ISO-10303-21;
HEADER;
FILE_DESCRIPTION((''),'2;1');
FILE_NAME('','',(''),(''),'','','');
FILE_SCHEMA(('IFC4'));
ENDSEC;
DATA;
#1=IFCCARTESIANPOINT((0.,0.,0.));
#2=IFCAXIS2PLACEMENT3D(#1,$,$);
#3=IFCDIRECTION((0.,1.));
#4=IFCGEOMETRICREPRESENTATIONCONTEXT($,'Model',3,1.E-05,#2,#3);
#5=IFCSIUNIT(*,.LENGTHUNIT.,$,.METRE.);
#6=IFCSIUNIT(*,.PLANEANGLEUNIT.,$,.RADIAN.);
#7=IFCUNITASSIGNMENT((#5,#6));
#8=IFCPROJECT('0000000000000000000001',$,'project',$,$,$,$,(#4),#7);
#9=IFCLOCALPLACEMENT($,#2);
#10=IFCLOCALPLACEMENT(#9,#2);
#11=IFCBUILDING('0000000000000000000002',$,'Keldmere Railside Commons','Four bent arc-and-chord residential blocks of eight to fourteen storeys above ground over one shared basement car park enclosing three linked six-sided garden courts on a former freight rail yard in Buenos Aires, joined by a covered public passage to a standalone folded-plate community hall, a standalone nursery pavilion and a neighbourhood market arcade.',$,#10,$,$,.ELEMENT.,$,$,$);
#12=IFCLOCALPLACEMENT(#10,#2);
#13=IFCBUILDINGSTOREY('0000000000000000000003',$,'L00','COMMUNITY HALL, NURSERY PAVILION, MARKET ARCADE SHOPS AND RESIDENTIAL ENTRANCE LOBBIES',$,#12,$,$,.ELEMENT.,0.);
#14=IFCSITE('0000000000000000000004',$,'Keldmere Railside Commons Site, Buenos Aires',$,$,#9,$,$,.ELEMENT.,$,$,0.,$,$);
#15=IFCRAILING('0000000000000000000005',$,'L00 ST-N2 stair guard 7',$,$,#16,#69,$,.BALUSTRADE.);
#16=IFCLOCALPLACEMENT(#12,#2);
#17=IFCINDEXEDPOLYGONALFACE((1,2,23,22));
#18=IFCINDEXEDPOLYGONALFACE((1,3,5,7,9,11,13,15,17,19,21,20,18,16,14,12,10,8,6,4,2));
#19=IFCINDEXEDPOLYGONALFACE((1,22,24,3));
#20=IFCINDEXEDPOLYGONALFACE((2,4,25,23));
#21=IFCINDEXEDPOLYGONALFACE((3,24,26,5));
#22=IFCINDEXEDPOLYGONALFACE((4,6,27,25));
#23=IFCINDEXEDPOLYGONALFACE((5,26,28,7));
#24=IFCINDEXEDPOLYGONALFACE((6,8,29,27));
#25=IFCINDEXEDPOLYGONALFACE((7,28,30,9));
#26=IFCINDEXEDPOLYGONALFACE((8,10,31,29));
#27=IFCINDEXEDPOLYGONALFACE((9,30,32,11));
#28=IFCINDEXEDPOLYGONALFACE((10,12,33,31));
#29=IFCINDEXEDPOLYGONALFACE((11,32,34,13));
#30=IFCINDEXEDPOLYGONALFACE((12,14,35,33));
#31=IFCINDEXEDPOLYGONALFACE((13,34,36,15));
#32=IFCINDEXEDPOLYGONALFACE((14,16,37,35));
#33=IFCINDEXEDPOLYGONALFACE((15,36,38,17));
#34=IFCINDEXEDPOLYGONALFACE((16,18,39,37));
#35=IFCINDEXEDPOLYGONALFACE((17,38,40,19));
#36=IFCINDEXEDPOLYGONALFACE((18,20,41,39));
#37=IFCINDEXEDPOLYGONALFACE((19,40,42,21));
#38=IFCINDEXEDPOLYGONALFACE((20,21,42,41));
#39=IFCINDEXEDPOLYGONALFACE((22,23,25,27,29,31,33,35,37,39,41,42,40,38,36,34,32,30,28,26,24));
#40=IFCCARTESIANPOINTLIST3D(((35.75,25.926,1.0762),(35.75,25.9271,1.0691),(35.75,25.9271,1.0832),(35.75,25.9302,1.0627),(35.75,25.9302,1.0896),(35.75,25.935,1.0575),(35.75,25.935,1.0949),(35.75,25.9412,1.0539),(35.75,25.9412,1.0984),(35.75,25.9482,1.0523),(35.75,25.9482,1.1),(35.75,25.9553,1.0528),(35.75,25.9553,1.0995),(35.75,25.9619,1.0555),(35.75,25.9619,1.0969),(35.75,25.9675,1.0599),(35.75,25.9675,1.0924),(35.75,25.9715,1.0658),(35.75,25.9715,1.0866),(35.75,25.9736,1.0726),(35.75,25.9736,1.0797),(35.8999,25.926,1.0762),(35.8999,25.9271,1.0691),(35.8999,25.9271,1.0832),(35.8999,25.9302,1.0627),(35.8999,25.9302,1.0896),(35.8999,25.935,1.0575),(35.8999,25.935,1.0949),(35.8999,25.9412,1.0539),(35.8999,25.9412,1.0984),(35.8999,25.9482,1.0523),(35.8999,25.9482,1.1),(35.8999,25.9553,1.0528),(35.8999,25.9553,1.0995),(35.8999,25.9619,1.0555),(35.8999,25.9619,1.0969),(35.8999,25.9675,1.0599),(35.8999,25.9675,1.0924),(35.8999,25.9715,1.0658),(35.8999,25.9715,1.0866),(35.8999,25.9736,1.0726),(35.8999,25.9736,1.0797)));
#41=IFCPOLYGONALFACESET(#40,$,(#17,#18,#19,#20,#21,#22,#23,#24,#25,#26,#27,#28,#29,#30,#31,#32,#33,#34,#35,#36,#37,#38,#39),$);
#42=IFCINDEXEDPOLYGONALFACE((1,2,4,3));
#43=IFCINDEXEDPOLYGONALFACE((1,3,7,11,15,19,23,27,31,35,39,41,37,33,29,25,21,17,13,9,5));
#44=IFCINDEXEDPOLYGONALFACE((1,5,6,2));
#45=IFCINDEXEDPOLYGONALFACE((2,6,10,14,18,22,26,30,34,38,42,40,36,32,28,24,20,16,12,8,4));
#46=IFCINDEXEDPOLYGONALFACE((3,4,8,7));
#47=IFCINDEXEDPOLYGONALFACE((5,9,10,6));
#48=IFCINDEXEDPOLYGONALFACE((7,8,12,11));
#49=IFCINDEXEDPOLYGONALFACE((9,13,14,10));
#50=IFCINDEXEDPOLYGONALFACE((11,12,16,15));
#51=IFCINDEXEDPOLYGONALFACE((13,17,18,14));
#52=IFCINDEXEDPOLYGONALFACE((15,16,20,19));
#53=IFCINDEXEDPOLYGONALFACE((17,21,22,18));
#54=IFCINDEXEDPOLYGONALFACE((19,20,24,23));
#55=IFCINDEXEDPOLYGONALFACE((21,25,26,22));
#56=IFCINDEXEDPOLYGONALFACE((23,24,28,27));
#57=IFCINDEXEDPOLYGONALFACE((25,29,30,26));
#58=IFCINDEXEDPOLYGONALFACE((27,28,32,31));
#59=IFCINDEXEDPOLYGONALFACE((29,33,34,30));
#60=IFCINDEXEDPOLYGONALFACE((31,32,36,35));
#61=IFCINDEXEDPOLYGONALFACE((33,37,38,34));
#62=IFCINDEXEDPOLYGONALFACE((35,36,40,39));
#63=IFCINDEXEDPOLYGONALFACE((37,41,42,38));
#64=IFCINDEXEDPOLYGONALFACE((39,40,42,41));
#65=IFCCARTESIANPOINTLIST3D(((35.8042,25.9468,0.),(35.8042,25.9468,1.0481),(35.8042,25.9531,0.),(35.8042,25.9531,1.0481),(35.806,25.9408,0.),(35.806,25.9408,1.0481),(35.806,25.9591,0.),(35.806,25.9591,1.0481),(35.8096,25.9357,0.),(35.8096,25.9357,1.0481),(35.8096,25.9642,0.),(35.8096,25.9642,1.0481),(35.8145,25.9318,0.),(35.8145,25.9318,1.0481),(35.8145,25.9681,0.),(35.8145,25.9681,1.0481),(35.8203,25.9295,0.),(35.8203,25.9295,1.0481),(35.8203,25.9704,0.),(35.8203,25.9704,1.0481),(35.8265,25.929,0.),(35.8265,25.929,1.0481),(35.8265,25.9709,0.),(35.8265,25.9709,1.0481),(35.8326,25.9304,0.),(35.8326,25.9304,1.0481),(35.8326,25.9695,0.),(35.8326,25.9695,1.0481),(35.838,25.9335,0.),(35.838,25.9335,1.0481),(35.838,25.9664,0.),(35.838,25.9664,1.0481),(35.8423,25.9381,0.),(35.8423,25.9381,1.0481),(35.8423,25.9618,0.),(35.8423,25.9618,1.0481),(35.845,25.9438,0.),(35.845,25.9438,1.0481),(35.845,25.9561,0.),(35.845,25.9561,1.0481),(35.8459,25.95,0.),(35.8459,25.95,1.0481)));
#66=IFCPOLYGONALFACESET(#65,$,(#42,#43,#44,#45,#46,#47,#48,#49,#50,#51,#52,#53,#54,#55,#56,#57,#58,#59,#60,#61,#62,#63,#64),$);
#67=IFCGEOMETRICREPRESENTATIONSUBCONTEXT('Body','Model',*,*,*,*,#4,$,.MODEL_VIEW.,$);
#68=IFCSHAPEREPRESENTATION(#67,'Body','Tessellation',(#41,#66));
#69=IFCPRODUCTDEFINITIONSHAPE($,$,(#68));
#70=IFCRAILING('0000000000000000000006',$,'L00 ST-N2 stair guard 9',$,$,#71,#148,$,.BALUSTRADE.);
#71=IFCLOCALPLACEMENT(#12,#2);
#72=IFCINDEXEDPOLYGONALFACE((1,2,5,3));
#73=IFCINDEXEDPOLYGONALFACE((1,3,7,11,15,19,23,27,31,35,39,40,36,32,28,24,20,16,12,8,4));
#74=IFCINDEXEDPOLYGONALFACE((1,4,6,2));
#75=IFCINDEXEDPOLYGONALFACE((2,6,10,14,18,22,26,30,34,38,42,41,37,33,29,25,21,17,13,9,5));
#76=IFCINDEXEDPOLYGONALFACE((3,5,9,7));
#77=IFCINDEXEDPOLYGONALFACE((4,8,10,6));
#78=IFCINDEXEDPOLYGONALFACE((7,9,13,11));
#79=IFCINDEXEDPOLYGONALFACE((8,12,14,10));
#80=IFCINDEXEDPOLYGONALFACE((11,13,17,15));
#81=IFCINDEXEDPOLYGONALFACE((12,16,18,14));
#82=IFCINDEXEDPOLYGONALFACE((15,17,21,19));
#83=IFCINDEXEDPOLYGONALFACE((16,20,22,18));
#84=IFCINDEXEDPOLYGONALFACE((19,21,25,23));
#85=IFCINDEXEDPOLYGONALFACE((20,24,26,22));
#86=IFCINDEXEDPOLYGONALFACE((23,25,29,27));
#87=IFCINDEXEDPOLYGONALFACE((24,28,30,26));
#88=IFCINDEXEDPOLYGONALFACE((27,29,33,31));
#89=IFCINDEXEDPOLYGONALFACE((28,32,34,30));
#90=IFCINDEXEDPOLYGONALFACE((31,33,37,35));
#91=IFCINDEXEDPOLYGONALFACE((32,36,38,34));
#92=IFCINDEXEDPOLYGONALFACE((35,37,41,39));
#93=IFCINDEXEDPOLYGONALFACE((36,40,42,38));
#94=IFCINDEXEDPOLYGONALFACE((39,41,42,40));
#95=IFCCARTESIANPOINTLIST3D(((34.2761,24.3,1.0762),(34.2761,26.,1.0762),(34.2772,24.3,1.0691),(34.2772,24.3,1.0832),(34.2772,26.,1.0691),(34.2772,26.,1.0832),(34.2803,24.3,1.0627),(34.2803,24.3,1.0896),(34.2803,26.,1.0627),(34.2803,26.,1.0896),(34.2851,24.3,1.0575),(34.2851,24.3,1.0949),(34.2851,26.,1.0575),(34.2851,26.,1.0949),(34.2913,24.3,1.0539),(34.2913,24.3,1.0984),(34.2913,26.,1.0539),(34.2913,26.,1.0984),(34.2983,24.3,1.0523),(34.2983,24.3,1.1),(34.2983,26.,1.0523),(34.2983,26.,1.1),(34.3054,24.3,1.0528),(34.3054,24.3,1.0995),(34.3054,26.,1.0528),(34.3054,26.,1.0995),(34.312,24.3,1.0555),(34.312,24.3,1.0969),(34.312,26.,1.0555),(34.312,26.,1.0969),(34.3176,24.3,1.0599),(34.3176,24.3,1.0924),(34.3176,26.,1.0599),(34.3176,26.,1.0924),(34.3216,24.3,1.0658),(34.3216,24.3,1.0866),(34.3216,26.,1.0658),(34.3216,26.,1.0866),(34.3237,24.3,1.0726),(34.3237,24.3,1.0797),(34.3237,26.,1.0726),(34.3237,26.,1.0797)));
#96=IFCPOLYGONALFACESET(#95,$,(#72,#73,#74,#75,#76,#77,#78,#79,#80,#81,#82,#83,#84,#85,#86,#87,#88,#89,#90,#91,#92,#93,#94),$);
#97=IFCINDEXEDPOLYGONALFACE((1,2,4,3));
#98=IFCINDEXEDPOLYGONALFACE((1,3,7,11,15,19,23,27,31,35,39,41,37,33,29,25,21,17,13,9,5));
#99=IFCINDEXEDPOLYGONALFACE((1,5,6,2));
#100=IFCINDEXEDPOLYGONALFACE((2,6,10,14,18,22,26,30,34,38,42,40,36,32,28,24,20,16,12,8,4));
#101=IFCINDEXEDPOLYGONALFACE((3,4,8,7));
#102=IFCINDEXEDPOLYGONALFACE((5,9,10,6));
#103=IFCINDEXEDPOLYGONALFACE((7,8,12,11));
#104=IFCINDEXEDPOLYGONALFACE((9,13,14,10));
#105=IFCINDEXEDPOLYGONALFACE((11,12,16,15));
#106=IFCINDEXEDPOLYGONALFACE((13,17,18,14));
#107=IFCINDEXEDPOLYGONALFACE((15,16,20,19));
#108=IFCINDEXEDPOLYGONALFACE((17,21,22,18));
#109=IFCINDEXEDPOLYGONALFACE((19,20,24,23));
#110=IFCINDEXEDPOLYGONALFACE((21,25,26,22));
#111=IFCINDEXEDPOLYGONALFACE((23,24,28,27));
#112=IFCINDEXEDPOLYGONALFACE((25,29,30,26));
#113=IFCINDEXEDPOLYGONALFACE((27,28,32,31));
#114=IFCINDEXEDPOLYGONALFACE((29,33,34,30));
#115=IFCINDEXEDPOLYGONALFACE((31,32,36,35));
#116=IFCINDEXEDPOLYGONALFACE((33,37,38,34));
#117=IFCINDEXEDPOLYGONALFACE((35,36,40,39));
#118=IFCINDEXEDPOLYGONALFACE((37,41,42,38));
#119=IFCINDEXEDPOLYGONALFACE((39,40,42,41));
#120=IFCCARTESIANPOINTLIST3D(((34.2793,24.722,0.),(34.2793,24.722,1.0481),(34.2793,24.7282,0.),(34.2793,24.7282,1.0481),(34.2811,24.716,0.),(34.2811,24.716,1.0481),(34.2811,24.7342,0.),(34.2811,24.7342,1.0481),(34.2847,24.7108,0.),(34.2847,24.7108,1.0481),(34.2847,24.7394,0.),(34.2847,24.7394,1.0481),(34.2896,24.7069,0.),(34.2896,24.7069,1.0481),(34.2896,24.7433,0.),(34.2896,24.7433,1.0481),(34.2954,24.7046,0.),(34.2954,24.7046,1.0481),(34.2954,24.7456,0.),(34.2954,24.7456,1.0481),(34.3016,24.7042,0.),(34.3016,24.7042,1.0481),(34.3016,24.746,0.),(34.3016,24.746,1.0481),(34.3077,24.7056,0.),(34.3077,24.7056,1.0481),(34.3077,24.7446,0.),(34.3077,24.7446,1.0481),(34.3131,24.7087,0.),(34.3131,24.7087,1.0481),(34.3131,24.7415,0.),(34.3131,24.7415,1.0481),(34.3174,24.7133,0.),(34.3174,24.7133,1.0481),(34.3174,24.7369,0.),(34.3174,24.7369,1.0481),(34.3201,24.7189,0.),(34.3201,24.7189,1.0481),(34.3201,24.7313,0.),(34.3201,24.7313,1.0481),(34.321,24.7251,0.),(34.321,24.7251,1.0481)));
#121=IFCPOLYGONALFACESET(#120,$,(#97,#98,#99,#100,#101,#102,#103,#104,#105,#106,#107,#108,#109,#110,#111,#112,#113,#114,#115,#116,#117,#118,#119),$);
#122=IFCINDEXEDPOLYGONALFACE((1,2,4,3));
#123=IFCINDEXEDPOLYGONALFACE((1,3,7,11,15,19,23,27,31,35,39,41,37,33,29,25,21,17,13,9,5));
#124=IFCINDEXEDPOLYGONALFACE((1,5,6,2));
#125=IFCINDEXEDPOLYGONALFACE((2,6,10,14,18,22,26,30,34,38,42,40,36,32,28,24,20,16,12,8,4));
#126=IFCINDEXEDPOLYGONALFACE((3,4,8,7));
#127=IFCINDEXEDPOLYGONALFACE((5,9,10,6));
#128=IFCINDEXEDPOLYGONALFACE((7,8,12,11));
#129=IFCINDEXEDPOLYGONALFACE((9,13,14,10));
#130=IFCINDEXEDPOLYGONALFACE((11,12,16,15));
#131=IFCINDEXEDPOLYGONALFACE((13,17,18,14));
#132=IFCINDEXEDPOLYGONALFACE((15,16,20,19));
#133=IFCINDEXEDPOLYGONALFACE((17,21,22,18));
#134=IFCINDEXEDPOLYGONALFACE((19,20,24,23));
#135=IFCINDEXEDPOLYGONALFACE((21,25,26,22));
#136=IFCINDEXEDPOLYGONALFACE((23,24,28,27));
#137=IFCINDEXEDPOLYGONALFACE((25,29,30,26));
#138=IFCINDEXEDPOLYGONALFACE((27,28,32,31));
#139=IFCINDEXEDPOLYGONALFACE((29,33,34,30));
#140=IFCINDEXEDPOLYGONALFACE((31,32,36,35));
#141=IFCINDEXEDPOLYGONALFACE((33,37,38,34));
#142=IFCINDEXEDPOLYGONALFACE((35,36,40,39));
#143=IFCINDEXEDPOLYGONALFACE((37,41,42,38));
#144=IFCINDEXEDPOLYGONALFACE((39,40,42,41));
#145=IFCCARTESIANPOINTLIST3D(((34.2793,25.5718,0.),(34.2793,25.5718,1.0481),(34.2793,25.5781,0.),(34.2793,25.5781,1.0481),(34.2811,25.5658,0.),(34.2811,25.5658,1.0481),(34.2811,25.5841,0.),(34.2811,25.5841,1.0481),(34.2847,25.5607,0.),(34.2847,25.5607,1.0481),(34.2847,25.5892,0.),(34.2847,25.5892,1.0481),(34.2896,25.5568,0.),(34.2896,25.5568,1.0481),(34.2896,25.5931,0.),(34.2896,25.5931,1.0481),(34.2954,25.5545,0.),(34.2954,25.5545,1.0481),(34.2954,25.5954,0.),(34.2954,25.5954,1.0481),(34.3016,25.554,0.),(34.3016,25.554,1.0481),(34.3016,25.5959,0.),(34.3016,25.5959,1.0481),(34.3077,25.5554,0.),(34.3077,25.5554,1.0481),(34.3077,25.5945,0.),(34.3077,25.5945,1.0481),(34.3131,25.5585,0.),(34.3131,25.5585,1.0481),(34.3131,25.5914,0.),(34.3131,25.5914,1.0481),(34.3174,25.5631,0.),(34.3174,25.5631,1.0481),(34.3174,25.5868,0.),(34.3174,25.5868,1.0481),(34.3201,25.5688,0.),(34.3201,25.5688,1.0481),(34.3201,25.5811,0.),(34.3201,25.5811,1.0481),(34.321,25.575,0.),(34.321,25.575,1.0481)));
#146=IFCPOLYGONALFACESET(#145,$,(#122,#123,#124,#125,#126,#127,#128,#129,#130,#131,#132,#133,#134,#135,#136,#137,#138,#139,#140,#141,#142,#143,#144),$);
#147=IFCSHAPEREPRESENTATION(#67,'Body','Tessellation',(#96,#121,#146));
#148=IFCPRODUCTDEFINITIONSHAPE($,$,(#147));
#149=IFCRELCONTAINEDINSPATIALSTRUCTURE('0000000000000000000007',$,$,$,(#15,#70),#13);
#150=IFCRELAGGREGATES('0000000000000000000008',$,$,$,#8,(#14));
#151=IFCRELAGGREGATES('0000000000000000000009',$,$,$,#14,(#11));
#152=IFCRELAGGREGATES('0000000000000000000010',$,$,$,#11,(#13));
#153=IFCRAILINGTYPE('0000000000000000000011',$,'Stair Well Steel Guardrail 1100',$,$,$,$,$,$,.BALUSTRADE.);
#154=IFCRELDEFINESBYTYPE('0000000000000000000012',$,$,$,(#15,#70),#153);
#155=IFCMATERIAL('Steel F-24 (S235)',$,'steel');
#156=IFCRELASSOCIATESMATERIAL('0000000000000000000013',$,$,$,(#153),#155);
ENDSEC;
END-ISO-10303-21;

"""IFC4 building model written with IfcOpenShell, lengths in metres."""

from ifc_helpers import new_model, si_unit, direction, frame, origin, origin_2d, place, context, subcontext, project, spatial, circle, extrude, material, type_object, element, save


model = new_model("IFC4")

# Units and contexts
model_context = context("Model", 3, precision=1e-05, world=origin(), true_north=direction((0.0, 1.0)))
body_context = subcontext(model_context, "Body", "Model", "MODEL_VIEW")
ifc_project = project(units=[si_unit("LENGTHUNIT", "METRE"), si_unit("PLANEANGLEUNIT", "RADIAN")], contexts=[model_context])

# Site, building, storey
site_placement = place(None, origin())
site = spatial("IfcSite", under=ifc_project, at=site_placement, Name="Keldmere Railside Commons Site, Buenos Aires", CompositionType="ELEMENT", RefElevation=0.0)
building_placement = place(site_placement, origin())
building = spatial("IfcBuilding", under=site, at=building_placement, Name="Keldmere Railside Commons", Description="Four bent arc-and-chord residential blocks of eight to fourteen storeys above ground over one shared basement car park enclosing three linked six-sided garden courts on a former freight rail yard in Buenos Aires, joined by a covered public passage to a standalone folded-plate community hall, a standalone nursery pavilion and a neighbourhood market arcade.", CompositionType="ELEMENT")
storey_placement = place(building_placement, origin())
storey = spatial("IfcBuildingStorey", under=building, at=storey_placement, Name="L00", Description="COMMUNITY HALL, NURSERY PAVILION, MARKET ARCADE SHOPS AND RESIDENTIAL ENTRANCE LOBBIES", CompositionType="ELEMENT", Elevation=0.0)

# Shared definitions
ifc_material_1 = material(Name="Steel F-24 (S235)", Category="steel")

# Railings
railing_type_1 = type_object("IfcRailingType", Name="Stair Well Steel Guardrail 1100", PredefinedType="BALUSTRADE", material=ifc_material_1)
railing_1_placement = place(storey_placement, frame((35.8999, 25.95, 0.0)))
element("IfcRailing", 1, at=railing_1_placement, inside=storey, type_object=railing_type_1, Name="L00 ST-N2 stair guard 7", PredefinedType="BALUSTRADE", context=body_context, shape_type="SweptSolid", body=[
    extrude(circle(Radius=0.0239, at=origin_2d()), frame((0.0, 0.0, 1.0762), z_axis=(-1.0, 0.0, 0.0), x_axis=(0.0, -1.0, 0.0)), (0.0, 0.0, 1.0), 0.1499),
    extrude(circle(Radius=0.021, at=origin_2d()), frame((-0.075, 0.0, 0.0)), (0.0, 0.0, 1.0), 1.0481),
])
railing_2_placement = place(storey_placement, frame((34.3, 24.3, 0.0)))
element("IfcRailing", 2, at=railing_2_placement, inside=storey, type_object=railing_type_1, Name="L00 ST-N2 stair guard 9", PredefinedType="BALUSTRADE", context=body_context, shape_type="SweptSolid", body=[
    extrude(circle(Radius=0.0239, at=origin_2d()), frame((0.0, 0.0, 1.0762), z_axis=(0.0, 1.0, 0.0), x_axis=(-1.0, 0.0, 0.0)), (0.0, 0.0, 1.0), 1.7),
    extrude(circle(Radius=0.021, at=origin_2d()), frame((0.0, 0.425, 0.0)), (0.0, 0.0, 1.0), 1.0481),
    extrude(circle(Radius=0.021, at=origin_2d()), frame((0.0, 1.2749, 0.0)), (0.0, 0.0, 1.0), 1.0481),
])

save(model, "model.ifc")
